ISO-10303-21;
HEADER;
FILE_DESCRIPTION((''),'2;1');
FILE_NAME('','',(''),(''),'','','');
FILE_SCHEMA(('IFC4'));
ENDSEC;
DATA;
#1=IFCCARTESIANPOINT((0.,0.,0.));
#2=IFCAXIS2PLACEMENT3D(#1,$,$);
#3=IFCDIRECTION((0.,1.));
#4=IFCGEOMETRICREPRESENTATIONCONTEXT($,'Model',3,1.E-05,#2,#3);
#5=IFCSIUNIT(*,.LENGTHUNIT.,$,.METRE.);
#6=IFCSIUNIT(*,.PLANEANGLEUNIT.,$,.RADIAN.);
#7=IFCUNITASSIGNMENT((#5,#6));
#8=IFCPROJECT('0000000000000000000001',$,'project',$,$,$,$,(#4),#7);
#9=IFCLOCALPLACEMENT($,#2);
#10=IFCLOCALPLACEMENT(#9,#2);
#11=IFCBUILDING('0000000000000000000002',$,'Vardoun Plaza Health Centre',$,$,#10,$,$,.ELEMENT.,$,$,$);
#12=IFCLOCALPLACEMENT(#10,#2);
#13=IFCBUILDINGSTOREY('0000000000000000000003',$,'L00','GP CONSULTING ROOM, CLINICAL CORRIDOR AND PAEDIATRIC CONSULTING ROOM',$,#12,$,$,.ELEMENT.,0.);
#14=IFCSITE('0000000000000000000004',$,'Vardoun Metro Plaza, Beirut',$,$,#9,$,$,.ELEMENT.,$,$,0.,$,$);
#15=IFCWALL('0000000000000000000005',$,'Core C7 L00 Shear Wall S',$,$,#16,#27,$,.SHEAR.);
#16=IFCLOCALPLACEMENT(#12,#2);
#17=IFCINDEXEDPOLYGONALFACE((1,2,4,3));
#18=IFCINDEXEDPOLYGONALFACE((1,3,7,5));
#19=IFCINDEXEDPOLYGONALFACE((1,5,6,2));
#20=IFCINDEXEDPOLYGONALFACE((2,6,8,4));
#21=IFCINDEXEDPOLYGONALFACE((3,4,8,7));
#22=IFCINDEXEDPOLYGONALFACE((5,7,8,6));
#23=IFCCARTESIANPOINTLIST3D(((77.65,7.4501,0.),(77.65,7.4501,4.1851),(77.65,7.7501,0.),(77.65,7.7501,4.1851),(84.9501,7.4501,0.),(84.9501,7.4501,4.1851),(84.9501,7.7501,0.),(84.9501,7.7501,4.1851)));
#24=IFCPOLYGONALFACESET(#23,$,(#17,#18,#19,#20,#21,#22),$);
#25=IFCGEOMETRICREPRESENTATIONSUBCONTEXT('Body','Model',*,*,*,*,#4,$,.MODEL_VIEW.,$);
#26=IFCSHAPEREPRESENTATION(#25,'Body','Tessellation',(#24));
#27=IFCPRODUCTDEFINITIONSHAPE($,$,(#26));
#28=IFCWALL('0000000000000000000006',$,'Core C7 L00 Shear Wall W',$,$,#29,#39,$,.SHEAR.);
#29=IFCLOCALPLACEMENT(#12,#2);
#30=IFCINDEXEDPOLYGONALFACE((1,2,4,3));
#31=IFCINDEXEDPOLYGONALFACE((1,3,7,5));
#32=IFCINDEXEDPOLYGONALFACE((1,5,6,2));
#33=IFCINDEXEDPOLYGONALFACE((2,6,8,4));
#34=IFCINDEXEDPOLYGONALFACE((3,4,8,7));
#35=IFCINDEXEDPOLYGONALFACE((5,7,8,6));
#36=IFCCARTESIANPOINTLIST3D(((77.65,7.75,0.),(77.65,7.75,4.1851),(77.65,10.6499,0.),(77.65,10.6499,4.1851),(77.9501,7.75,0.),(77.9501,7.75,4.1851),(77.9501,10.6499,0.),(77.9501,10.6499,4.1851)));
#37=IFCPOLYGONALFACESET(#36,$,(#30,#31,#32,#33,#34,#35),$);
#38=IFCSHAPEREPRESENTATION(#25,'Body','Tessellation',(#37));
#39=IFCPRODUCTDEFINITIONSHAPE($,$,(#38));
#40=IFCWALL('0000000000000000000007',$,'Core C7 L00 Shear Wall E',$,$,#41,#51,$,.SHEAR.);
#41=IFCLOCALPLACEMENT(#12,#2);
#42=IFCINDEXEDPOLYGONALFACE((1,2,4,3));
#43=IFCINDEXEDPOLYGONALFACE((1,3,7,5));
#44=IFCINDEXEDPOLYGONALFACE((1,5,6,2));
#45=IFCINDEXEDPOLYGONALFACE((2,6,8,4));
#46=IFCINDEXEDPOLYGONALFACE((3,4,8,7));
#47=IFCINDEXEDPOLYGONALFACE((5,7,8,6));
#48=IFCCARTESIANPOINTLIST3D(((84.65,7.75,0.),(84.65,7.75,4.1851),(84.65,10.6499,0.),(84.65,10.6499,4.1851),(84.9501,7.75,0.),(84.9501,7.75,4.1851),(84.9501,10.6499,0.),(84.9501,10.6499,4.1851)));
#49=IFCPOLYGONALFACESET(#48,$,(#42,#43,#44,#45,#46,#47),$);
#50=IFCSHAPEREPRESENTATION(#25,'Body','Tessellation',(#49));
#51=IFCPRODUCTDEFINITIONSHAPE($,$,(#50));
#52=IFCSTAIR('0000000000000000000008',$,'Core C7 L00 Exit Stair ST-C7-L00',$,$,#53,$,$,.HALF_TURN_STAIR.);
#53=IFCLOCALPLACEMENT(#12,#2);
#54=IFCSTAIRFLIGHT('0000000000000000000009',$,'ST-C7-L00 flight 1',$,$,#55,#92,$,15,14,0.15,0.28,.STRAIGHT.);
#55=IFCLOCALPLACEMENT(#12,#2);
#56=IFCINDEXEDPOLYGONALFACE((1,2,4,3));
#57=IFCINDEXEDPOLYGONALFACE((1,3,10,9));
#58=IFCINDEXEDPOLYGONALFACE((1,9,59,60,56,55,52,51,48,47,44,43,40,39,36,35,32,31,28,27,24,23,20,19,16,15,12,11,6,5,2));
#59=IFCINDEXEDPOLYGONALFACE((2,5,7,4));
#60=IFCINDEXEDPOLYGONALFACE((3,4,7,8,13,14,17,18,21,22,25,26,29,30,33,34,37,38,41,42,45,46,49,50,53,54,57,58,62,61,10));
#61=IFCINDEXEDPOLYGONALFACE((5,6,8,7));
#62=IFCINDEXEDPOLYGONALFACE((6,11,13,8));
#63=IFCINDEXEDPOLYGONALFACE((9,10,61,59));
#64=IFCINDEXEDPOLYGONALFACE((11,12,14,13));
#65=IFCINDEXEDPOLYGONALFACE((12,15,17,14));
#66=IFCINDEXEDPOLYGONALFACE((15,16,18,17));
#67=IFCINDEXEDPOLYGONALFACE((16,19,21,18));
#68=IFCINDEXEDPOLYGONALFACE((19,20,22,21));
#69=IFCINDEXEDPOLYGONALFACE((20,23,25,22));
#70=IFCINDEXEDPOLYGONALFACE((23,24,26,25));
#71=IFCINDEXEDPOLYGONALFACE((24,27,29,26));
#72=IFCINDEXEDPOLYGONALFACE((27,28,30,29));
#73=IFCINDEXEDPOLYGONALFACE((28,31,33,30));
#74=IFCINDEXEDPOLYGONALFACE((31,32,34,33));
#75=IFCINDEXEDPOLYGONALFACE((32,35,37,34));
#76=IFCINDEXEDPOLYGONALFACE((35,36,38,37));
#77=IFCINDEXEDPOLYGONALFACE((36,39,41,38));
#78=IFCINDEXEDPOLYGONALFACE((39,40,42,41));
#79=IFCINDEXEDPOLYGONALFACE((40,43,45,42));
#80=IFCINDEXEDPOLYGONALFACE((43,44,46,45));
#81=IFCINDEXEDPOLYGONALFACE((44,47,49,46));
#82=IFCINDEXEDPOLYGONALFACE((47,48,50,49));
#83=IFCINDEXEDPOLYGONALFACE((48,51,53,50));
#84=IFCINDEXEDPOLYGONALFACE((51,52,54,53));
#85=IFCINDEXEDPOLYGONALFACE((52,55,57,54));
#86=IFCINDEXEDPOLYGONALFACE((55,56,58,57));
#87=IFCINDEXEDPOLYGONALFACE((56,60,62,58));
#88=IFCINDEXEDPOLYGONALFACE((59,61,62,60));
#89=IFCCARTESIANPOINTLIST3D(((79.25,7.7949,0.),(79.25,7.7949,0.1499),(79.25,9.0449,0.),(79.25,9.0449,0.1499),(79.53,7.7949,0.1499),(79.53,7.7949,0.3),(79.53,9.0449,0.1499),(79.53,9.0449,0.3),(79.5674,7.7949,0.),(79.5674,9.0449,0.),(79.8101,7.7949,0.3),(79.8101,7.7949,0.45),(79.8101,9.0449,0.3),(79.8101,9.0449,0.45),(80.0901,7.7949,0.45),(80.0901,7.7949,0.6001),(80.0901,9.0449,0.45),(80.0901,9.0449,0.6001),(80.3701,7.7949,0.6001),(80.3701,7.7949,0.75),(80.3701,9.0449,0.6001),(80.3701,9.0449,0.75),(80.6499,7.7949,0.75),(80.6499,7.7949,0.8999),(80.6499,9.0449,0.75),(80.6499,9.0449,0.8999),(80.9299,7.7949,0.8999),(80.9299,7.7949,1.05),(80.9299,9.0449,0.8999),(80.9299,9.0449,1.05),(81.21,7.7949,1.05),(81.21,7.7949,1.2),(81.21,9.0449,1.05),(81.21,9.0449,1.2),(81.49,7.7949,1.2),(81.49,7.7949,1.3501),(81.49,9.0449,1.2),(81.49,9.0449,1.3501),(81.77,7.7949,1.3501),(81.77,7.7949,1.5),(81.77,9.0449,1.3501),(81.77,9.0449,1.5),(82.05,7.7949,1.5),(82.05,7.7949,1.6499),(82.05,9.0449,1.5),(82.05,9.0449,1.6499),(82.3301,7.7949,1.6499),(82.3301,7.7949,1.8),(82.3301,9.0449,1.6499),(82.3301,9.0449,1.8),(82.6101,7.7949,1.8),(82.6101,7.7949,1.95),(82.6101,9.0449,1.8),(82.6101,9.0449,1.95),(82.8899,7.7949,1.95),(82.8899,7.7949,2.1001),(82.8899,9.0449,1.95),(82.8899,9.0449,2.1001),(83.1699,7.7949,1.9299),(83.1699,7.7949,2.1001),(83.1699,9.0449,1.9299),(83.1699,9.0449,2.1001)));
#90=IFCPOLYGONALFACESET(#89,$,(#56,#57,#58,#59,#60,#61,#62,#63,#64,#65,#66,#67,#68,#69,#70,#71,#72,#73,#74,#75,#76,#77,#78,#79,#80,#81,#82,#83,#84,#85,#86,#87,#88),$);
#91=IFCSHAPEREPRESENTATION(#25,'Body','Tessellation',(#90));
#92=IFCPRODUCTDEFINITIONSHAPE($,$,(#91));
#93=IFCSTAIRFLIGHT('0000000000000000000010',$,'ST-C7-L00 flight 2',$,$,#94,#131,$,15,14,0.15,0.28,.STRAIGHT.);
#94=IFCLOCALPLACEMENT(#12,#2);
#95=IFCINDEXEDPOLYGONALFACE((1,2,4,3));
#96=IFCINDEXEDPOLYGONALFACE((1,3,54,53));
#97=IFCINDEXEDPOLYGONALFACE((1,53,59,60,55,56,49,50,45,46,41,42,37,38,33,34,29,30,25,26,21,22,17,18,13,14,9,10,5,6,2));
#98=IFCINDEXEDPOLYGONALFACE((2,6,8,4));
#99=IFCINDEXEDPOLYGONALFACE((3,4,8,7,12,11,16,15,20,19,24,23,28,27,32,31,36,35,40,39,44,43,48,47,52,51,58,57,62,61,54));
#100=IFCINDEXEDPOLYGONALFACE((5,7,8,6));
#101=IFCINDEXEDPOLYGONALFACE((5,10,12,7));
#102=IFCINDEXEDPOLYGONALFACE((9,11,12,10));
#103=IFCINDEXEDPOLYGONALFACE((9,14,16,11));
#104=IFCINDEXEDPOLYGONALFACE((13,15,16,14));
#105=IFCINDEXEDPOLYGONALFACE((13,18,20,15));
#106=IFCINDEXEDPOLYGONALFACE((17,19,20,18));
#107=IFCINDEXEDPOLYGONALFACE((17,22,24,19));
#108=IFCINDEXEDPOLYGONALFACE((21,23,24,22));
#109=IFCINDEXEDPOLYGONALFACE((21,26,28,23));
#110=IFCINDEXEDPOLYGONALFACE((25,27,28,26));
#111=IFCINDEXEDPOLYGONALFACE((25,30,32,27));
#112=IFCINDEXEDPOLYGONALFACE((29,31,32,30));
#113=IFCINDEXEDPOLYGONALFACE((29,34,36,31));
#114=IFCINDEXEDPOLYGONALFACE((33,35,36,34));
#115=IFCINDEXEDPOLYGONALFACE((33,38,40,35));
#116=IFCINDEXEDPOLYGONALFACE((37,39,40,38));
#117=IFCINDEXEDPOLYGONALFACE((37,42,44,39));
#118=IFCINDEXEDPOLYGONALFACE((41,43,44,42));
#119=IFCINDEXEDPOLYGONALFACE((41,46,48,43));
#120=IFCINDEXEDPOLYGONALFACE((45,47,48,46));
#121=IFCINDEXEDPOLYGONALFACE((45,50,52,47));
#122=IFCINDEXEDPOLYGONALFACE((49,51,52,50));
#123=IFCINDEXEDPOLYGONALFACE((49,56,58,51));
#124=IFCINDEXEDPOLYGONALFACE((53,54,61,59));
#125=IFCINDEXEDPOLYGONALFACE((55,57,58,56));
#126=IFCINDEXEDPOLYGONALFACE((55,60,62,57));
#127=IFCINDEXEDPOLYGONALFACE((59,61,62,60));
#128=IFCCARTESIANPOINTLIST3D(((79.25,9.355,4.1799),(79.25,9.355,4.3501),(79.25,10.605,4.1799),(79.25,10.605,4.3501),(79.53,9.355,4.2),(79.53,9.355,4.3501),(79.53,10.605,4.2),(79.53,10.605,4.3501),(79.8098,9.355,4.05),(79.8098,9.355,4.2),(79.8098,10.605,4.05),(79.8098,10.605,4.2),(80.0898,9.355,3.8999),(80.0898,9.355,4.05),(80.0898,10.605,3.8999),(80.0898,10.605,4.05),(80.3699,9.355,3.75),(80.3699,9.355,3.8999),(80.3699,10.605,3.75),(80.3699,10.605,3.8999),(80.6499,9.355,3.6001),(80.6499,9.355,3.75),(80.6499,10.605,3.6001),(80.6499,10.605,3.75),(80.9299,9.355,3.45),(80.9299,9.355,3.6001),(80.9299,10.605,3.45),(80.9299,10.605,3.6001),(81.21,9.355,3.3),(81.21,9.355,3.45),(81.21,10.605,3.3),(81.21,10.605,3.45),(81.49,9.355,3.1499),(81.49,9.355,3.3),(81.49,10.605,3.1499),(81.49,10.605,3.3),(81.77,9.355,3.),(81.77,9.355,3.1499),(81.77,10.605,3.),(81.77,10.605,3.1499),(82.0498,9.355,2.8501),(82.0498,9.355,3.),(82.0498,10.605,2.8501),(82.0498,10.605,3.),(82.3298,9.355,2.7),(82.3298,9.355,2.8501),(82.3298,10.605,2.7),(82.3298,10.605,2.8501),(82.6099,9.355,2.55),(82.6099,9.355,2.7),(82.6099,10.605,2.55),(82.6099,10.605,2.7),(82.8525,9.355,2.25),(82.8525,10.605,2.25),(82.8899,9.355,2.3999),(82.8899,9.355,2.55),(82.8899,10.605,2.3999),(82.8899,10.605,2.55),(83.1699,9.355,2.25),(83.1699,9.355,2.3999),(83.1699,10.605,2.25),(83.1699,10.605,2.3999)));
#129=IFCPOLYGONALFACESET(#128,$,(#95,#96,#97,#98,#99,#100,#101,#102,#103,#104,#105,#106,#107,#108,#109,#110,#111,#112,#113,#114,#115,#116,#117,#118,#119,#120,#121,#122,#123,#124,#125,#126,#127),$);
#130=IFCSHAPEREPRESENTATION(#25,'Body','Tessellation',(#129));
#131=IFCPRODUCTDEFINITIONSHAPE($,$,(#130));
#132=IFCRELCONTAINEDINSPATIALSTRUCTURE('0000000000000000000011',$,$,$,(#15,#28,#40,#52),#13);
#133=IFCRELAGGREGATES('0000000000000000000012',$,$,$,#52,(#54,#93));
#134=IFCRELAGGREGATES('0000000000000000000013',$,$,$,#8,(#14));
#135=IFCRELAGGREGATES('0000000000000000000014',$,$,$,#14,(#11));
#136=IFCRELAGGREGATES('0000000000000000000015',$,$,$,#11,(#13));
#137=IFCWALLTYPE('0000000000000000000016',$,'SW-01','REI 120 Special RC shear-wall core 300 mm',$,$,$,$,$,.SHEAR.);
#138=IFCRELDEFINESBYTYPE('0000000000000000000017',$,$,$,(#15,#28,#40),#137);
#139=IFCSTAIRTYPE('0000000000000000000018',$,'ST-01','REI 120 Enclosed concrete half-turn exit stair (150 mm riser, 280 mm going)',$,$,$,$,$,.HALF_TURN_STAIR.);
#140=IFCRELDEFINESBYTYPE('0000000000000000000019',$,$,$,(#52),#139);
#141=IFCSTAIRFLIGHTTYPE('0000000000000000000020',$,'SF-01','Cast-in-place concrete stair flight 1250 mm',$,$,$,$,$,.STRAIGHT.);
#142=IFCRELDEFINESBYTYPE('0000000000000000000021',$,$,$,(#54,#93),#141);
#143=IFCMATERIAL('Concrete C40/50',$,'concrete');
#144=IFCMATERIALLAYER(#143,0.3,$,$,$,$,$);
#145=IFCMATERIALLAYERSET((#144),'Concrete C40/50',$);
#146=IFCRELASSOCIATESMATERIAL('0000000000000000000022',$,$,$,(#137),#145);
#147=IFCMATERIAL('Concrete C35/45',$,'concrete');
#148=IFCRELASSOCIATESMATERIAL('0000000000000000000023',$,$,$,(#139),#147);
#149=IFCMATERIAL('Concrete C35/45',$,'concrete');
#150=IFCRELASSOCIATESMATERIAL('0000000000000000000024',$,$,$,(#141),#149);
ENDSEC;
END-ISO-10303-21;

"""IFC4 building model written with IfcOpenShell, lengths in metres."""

from ifc_helpers import new_model, si_unit, direction, frame, frame_2d, origin, place, context, subcontext, project, spatial, polyline, rectangle, outline, extrude, material, layer, layer_set, type_object, element, aggregate, save


model = new_model("IFC4")

# Units and contexts
model_context = context("Model", 3, precision=1e-05, world=origin(), true_north=direction((0.0, 1.0)))
body_context = subcontext(model_context, "Body", "Model", "MODEL_VIEW")
ifc_project = project(units=[si_unit("LENGTHUNIT", "METRE"), si_unit("PLANEANGLEUNIT", "RADIAN")], contexts=[model_context])

# Site, building, storey
site_placement = place(None, origin())
site = spatial("IfcSite", under=ifc_project, at=site_placement, Name="Vardoun Metro Plaza, Beirut", CompositionType="ELEMENT", RefElevation=0.0)
building_placement = place(site_placement, origin())
building = spatial("IfcBuilding", under=site, at=building_placement, Name="Vardoun Plaza Health Centre", CompositionType="ELEMENT")
storey_placement = place(building_placement, origin())
storey = spatial("IfcBuildingStorey", under=building, at=storey_placement, Name="L00", Description="GP CONSULTING ROOM, CLINICAL CORRIDOR AND PAEDIATRIC CONSULTING ROOM", CompositionType="ELEMENT", Elevation=0.0)

# Walls
ifc_material_1 = material(Name="Concrete C40/50", Category="concrete")
ifc_layer_1 = layer(ifc_material_1, 0.3)
ifc_layer_set_1 = layer_set([ifc_layer_1], Name="Concrete C40/50")
wall_type_1 = type_object("IfcWallType", Name="SW-01", Description="REI 120 Special RC shear-wall core 300 mm", PredefinedType="SHEAR", material=ifc_layer_set_1)
wall_1_placement = place(storey_placement, frame((84.95, 7.6001, 0.0), z_axis=(0.0, 0.0, 1.0), x_axis=(-1.0, 0.0, 0.0)))
element("IfcWall", 1, at=wall_1_placement, inside=storey, type_object=wall_type_1, Name="Core C7 L00 Shear Wall S", PredefinedType="SHEAR", context=body_context, shape_type="SweptSolid", body=[
    extrude(rectangle(XDim=7.3, YDim=0.3, at=frame_2d((3.6499, 0.0))), origin(), (0.0, 0.0, 1.0), 4.1851),
])
for number, where, z_axis, x_axis, name in (
    (2, (77.8, 7.75, 0.0), (0.0, 0.0, 1.0), (0.0, 1.0, 0.0), "Core C7 L00 Shear Wall W"),
    (3, (84.8, 10.6499, 0.0), (0.0, 0.0, 1.0), (0.0, -1.0, 0.0), "Core C7 L00 Shear Wall E"),
):
    element("IfcWall", number, at=place(storey_placement, frame(where, z_axis=z_axis, x_axis=x_axis)), inside=storey, type_object=wall_type_1, Name=name, PredefinedType="SHEAR", context=body_context, shape_type="SweptSolid", body=[
        extrude(rectangle(XDim=2.8999, YDim=0.3, at=frame_2d((1.45, 0.0))), origin(), (0.0, 0.0, 1.0), 4.1851),
    ])

# Stair, stair flights
ifc_material_2 = material(Name="Concrete C35/45", Category="concrete")
stair_type = type_object("IfcStairType", Name="ST-01", Description="REI 120 Enclosed concrete half-turn exit stair (150 mm riser, 280 mm going)", PredefinedType="HALF_TURN_STAIR", material=ifc_material_2)
stair_placement = place(storey_placement, origin())
stair = element("IfcStair", 4, at=stair_placement, inside=storey, type_object=stair_type, Name="Core C7 L00 Exit Stair ST-C7-L00", PredefinedType="HALF_TURN_STAIR")
ifc_material_3 = material(Name="Concrete C35/45", Category="concrete")
stair_flight_type = type_object("IfcStairFlightType", Name="SF-01", Description="Cast-in-place concrete stair flight 1250 mm", PredefinedType="STRAIGHT", material=ifc_material_3)
stair_flight_1_placement = place(storey_placement, frame((79.25, 8.4199, 0.0), z_axis=(0.0, 0.0, 1.0), x_axis=(1.0, 0.0, 0.0)))
stair_flight_1 = element("IfcStairFlight", 5, at=stair_flight_1_placement, type_object=stair_flight_type, Name="ST-C7-L00 flight 1", NumberOfRisers=15, NumberOfTreads=14, PredefinedType="STRAIGHT", RiserHeight=0.15, TreadLength=0.28, context=body_context, shape_type="SweptSolid", body=[
    extrude(outline(polyline([(0.0, 0.0), (0.0, 0.1499), (0.28, 0.1499), (0.28, 0.3), (0.5601, 0.3), (0.5601, 0.45), (0.8401, 0.45), (0.8401, 0.6001), (1.1201, 0.6001), (1.1201, 0.75), (1.3999, 0.75), (1.3999, 0.8999), (1.6799, 0.8999), (1.6799, 1.05), (1.96, 1.05), (1.96, 1.2), (2.24, 1.2), (2.24, 1.3501), (2.52, 1.3501), (2.52, 1.5), (2.8, 1.5), (2.8, 1.6499), (3.0801, 1.6499), (3.0801, 1.8), (3.3601, 1.8), (3.3601, 1.95), (3.6399, 1.95), (3.6399, 2.1001), (3.9199, 2.1001), (3.9199, 2.25), (3.9199, 1.9299), (0.3174, 0.0), (0.0, 0.0)])), frame((0.0, 0.625, 0.0), z_axis=(0.0, -1.0, 0.0), x_axis=(1.0, 0.0, 0.0)), (0.0, 0.0, 1.0), 1.25),
])
stair_flight_2_placement = place(storey_placement, frame((83.1699, 9.98, 2.25), z_axis=(0.0, 0.0, 1.0), x_axis=(-1.0, 0.0, 0.0)))
stair_flight_2 = element("IfcStairFlight", 6, at=stair_flight_2_placement, type_object=stair_flight_type, Name="ST-C7-L00 flight 2", NumberOfRisers=15, NumberOfTreads=14, PredefinedType="STRAIGHT", RiserHeight=0.15, TreadLength=0.28, context=body_context, shape_type="SweptSolid", body=[
    extrude(outline(polyline([(0.0, 0.0), (0.0, 0.1499), (0.28, 0.1499), (0.28, 0.3), (0.5601, 0.3), (0.5601, 0.45), (0.8401, 0.45), (0.8401, 0.6001), (1.1201, 0.6001), (1.1201, 0.75), (1.3999, 0.75), (1.3999, 0.8999), (1.6799, 0.8999), (1.6799, 1.05), (1.96, 1.05), (1.96, 1.2), (2.24, 1.2), (2.24, 1.3501), (2.52, 1.3501), (2.52, 1.5), (2.8, 1.5), (2.8, 1.6499), (3.0801, 1.6499), (3.0801, 1.8), (3.3601, 1.8), (3.3601, 1.95), (3.6399, 1.95), (3.6399, 2.1001), (3.9199, 2.1001), (3.9199, 2.25), (3.9199, 1.9299), (0.3174, 0.0), (0.0, 0.0)])), frame((0.0, 0.625, 0.0), z_axis=(0.0, -1.0, 0.0), x_axis=(1.0, 0.0, 0.0)), (0.0, 0.0, 1.0), 1.25),
])
aggregate(stair, [stair_flight_1, stair_flight_2])

save(model, "model.ifc")
